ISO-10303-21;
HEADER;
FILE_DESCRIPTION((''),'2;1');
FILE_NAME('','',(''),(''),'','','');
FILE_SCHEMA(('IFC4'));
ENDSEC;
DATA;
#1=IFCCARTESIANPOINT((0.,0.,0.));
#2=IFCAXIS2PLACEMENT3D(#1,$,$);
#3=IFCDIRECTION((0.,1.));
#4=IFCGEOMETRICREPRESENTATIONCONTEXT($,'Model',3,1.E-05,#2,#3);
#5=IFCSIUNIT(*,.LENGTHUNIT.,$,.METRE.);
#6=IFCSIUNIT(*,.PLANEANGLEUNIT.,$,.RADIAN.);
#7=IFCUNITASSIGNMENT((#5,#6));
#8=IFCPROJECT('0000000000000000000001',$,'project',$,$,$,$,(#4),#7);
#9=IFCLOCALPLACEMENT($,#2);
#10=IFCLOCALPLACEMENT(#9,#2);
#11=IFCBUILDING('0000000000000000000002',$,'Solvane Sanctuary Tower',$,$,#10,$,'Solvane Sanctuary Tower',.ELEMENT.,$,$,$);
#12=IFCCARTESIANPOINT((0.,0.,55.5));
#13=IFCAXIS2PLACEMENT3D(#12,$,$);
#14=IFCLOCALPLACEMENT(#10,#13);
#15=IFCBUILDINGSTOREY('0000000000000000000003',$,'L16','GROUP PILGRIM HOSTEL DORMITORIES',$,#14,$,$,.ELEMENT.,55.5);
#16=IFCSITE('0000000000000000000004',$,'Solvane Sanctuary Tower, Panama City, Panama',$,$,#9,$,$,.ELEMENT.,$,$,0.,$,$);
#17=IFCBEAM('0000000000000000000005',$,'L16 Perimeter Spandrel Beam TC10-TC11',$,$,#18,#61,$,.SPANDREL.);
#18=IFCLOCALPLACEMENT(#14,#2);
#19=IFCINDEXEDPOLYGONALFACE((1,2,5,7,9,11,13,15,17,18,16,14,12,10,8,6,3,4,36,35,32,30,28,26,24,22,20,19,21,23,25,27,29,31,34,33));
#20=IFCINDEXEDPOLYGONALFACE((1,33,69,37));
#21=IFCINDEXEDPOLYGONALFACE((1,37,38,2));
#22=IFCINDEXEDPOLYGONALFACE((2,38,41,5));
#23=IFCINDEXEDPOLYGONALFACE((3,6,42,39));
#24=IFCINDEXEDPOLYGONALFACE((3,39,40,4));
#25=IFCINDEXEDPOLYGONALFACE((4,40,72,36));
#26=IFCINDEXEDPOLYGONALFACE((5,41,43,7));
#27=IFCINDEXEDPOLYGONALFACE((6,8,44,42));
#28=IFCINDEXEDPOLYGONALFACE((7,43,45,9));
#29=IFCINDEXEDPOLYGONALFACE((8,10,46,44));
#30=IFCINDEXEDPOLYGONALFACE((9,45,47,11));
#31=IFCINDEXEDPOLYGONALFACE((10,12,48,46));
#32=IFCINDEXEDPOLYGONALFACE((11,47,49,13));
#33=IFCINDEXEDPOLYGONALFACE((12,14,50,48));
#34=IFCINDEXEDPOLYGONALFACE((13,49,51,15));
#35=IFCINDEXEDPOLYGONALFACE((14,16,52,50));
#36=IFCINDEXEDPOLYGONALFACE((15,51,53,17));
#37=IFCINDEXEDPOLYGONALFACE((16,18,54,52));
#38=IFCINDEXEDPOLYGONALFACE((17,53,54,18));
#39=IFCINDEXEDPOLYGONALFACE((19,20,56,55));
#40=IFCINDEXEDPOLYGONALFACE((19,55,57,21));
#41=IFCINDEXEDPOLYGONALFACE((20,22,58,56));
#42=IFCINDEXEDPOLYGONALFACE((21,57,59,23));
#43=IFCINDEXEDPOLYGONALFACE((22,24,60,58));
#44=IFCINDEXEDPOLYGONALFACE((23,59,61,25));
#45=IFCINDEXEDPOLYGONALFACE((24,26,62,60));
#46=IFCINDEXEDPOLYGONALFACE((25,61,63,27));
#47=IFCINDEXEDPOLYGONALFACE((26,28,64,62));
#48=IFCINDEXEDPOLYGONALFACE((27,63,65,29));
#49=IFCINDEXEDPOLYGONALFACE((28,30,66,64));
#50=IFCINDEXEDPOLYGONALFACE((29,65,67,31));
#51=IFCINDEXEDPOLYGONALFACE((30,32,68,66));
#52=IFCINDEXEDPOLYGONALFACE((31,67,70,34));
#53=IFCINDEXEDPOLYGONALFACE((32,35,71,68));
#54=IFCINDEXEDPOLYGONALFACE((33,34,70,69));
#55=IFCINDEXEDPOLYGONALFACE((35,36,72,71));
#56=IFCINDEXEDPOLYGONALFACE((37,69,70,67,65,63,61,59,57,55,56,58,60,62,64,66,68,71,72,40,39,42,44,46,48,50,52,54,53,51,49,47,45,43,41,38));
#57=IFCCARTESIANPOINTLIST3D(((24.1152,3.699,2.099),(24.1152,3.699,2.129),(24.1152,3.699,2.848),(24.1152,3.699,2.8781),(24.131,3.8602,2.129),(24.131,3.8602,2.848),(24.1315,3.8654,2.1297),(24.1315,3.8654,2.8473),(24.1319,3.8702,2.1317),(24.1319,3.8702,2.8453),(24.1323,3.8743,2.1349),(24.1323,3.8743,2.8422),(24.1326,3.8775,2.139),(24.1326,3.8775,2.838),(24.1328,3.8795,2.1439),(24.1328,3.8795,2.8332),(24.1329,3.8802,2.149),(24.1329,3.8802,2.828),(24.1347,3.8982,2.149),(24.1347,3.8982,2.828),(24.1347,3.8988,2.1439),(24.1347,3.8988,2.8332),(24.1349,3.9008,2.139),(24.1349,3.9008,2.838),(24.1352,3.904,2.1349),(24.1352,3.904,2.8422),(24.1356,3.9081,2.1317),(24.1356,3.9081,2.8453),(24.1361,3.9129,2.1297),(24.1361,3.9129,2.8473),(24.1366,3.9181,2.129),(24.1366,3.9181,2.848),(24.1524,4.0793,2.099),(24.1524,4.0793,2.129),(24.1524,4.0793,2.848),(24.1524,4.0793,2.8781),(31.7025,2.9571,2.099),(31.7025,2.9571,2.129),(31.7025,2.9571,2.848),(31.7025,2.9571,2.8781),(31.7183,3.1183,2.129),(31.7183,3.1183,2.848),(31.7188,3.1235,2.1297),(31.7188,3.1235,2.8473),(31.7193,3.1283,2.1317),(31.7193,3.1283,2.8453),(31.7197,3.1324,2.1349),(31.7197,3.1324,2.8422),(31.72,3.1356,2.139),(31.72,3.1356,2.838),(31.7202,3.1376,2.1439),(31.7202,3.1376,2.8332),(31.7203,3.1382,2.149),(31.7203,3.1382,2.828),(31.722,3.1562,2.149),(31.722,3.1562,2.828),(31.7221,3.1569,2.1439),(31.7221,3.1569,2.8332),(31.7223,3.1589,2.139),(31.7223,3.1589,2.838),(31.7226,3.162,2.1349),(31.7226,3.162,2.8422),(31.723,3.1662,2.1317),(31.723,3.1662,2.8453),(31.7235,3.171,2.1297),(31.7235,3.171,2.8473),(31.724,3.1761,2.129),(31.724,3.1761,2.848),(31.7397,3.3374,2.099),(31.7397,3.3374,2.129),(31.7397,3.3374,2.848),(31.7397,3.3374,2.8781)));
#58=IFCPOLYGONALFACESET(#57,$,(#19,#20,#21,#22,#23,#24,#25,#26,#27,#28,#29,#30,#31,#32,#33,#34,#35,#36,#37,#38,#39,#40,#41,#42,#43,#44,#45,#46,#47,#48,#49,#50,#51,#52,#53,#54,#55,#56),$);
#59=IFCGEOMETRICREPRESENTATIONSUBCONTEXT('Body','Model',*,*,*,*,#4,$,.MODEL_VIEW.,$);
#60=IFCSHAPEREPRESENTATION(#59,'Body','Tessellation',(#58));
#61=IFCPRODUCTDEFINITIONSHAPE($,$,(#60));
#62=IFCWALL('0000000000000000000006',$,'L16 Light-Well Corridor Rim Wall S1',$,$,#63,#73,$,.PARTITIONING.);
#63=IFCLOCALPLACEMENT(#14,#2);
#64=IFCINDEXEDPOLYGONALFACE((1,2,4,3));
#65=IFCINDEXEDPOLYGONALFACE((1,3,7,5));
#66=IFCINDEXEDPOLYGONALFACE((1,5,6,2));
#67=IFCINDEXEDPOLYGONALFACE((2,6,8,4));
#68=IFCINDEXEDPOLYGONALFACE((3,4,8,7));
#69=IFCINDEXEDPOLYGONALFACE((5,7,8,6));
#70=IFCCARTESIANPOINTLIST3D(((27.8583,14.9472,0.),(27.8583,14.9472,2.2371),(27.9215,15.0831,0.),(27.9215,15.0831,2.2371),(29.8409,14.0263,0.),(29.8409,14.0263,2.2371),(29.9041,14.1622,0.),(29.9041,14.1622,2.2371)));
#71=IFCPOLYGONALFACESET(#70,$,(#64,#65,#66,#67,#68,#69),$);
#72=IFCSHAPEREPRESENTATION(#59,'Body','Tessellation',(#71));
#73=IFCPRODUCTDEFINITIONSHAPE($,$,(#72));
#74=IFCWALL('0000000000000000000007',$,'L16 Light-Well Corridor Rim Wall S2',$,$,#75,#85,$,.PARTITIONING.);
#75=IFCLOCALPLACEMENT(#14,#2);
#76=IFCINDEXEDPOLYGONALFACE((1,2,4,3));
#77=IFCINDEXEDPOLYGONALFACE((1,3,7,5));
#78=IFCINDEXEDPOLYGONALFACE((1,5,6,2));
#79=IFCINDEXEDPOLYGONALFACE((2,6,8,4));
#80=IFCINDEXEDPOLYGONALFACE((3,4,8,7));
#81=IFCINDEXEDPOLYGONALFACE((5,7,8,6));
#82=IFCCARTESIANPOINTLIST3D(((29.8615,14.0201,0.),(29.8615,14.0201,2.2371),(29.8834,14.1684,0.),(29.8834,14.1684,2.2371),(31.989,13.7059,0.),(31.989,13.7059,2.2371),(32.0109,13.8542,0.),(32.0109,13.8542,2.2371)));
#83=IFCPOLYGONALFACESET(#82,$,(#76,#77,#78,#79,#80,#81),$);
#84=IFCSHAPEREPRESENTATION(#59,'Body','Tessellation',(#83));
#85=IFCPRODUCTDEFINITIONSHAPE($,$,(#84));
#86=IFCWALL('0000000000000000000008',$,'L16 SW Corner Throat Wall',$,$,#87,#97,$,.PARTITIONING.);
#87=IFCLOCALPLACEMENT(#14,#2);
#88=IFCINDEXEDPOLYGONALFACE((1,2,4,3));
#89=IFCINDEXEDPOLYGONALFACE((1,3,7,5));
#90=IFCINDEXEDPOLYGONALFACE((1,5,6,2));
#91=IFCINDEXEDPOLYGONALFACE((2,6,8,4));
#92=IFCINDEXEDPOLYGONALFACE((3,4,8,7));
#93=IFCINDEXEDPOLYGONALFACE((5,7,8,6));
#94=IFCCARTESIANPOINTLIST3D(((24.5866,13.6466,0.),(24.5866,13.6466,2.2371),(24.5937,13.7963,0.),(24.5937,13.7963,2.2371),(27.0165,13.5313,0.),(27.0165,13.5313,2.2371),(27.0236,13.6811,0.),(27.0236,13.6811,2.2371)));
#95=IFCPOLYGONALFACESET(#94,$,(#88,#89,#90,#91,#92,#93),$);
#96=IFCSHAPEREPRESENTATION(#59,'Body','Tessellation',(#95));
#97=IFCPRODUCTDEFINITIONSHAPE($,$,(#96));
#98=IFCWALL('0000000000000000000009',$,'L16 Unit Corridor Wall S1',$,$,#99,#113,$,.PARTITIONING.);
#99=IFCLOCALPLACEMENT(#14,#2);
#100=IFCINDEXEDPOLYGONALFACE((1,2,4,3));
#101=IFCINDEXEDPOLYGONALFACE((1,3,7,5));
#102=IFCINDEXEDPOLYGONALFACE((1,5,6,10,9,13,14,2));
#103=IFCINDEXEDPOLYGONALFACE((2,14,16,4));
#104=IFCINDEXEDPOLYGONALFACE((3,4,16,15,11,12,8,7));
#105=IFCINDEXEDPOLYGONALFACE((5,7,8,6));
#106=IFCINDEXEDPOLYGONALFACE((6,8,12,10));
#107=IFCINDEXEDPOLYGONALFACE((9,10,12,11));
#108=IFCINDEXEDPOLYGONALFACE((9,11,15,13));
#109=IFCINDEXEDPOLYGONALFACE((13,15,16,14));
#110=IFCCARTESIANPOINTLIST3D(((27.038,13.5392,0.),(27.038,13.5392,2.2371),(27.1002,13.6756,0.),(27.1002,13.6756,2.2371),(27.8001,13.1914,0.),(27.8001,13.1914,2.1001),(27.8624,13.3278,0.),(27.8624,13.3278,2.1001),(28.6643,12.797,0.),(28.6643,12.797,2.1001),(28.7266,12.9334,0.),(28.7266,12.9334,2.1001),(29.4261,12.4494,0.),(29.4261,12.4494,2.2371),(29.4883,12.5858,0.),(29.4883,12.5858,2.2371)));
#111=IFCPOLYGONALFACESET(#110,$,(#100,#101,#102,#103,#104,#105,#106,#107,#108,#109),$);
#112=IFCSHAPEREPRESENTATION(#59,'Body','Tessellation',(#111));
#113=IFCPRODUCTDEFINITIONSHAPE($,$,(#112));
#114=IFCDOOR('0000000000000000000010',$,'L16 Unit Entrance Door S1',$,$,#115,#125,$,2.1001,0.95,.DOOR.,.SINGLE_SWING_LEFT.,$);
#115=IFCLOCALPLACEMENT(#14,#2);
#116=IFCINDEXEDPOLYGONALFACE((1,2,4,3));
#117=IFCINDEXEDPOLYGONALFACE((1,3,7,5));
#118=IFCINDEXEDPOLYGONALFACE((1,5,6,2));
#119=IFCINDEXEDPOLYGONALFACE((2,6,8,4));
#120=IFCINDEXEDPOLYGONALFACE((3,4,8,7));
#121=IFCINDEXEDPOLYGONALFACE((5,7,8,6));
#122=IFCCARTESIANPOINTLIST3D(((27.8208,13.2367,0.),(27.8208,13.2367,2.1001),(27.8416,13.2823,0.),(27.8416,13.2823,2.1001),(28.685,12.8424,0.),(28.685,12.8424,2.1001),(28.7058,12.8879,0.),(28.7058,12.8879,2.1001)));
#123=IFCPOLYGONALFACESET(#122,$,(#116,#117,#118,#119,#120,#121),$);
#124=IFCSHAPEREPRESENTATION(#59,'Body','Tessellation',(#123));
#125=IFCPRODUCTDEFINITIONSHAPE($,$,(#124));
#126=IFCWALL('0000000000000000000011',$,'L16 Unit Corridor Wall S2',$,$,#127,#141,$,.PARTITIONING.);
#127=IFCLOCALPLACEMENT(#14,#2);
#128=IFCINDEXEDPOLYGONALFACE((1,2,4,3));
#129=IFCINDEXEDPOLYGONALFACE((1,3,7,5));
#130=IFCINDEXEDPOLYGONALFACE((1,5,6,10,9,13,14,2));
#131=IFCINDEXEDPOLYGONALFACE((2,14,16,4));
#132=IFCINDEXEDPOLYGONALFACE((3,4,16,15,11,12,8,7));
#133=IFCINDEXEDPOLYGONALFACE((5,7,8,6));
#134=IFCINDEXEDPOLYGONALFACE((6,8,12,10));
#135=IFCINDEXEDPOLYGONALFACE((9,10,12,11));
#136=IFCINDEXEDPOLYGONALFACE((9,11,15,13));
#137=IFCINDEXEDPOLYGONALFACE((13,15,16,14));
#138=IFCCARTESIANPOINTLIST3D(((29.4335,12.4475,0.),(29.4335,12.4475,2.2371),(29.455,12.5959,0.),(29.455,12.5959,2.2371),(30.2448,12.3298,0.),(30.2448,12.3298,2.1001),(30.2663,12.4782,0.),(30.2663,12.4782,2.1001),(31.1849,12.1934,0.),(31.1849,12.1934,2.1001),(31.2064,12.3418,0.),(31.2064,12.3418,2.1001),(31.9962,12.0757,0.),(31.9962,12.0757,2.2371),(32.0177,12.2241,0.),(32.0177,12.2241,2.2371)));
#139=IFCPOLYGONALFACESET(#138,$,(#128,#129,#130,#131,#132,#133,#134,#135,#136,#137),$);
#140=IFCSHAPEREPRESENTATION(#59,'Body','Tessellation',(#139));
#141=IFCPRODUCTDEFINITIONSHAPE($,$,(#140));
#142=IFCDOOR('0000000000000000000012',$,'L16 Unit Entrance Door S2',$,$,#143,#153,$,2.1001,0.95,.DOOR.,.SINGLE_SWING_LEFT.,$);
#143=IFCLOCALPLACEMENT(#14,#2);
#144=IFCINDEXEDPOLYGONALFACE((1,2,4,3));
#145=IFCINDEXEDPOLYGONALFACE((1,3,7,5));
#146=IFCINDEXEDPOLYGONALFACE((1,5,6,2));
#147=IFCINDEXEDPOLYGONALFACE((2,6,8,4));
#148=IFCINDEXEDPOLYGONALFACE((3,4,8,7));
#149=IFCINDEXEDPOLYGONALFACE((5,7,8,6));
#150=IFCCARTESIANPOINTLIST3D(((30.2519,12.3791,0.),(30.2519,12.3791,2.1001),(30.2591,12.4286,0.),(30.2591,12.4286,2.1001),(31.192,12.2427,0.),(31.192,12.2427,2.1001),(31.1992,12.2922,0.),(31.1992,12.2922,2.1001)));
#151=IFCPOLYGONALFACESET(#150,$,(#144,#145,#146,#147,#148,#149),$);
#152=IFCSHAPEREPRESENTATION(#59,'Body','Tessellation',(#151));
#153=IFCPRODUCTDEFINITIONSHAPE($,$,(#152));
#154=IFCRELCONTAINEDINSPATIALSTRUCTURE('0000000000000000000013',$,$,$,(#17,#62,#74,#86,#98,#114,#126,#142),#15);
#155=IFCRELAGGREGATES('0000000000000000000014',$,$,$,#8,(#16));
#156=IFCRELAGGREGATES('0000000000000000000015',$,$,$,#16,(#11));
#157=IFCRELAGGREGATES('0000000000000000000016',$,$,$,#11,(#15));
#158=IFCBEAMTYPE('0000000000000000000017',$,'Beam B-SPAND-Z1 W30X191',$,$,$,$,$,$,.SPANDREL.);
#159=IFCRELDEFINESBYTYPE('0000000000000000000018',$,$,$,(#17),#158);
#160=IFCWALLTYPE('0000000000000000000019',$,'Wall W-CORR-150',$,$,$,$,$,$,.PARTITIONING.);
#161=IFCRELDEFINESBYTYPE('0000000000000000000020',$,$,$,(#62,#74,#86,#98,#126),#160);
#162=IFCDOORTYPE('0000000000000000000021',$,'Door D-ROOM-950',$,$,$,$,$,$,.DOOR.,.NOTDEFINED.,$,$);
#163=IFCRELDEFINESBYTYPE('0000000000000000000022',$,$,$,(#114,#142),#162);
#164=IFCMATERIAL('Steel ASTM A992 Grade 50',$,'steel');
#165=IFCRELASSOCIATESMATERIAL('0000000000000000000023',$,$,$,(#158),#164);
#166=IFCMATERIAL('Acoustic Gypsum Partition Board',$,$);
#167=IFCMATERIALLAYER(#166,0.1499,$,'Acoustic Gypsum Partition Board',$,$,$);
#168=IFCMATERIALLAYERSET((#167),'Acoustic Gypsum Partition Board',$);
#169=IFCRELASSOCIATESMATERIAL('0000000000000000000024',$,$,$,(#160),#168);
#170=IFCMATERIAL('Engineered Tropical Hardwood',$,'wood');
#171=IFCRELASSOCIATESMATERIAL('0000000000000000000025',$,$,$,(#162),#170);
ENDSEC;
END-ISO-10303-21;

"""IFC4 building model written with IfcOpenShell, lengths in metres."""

from ifc_helpers import new_model, si_unit, direction, frame, frame_2d, origin, origin_2d, place, context, subcontext, project, spatial, rectangle, i_section, extrude, material, layer, layer_set, material_profile, profile_set, type_object, element, fill, save


model = new_model("IFC4")

# Units and contexts
model_context = context("Model", 3, precision=1e-05, world=origin(), true_north=direction((0.0, 1.0)))
body_context = subcontext(model_context, "Body", "Model", "MODEL_VIEW")
ifc_project = project(units=[si_unit("LENGTHUNIT", "METRE"), si_unit("PLANEANGLEUNIT", "RADIAN")], contexts=[model_context])

# Site, building, storey
site_placement = place(None, origin())
site = spatial("IfcSite", under=ifc_project, at=site_placement, Name="Solvane Sanctuary Tower, Panama City, Panama", CompositionType="ELEMENT", RefElevation=0.0)
building_placement = place(site_placement, origin())
building = spatial("IfcBuilding", under=site, at=building_placement, Name="Solvane Sanctuary Tower", LongName="Solvane Sanctuary Tower", CompositionType="ELEMENT")
storey_placement = place(building_placement, frame((0.0, 0.0, 55.5)))
storey = spatial("IfcBuildingStorey", under=building, at=storey_placement, Name="L16", Description="GROUP PILGRIM HOSTEL DORMITORIES", CompositionType="ELEMENT", Elevation=55.5)

# Beam
ifc_material_1 = material(Name="Steel ASTM A992 Grade 50", Category="steel")
ifc_material_profile_1 = material_profile(ifc_material_1, i_section(OverallWidth=0.3821, OverallDepth=0.7791, WebThickness=0.0181, FlangeThickness=0.03, FilletRadius=0.02, at=origin_2d()), Name="W30X191")
ifc_profile_set_1 = profile_set([ifc_material_profile_1], Name="Steel ASTM A992 Grade 50")
beam_type_1 = type_object("IfcBeamType", Name="Beam B-SPAND-Z1 W30X191", PredefinedType="SPANDREL", material=ifc_profile_set_1)
beam_1_placement = place(storey_placement, frame((24.1338, 3.8892, 2.4885), z_axis=(0.995253, -0.097322, 0.0), x_axis=(0.097322, 0.995253, 0.0)))
element("IfcBeam", 1, at=beam_1_placement, inside=storey, type_object=beam_type_1, Name="L16 Perimeter Spandrel Beam TC10-TC11", PredefinedType="SPANDREL", context=body_context, shape_type="SweptSolid", body=[
    extrude(i_section(OverallWidth=0.3821, OverallDepth=0.7791, WebThickness=0.0181, FlangeThickness=0.03, FilletRadius=0.02, at=origin_2d()), origin(), (0.0, 0.0, 1.0), 7.6235),
])

# Walls
ifc_material_2 = material(Name="Acoustic Gypsum Partition Board")
ifc_layer_1 = layer(ifc_material_2, 0.1499, Name="Acoustic Gypsum Partition Board")
ifc_layer_set_1 = layer_set([ifc_layer_1], Name="Acoustic Gypsum Partition Board")
wall_type_1 = type_object("IfcWallType", Name="Wall W-CORR-150", PredefinedType="PARTITIONING", material=ifc_layer_set_1)
wall_1_placement = place(storey_placement, frame((27.8899, 15.0151, 0.0), z_axis=(0.0, 0.0, 1.0), x_axis=(0.906943, -0.421252, 0.0)))
element("IfcWall", 2, at=wall_1_placement, inside=storey, type_object=wall_type_1, Name="L16 Light-Well Corridor Rim Wall S1", PredefinedType="PARTITIONING", context=body_context, shape_type="SweptSolid", body=[
    extrude(rectangle(XDim=2.186, YDim=0.1499, at=frame_2d((1.093, 0.0))), origin(), (0.0, 0.0, 1.0), 2.2371),
])
wall_2_placement = place(storey_placement, frame((29.8726, 14.0942, 0.0), z_axis=(0.0, 0.0, 1.0), x_axis=(0.989269, -0.146108, 0.0)))
element("IfcWall", 3, at=wall_2_placement, inside=storey, type_object=wall_type_1, Name="L16 Light-Well Corridor Rim Wall S2", PredefinedType="PARTITIONING", context=body_context, shape_type="SweptSolid", body=[
    extrude(rectangle(XDim=2.1506, YDim=0.1499, at=frame_2d((1.0752, 0.0))), origin(), (0.0, 0.0, 1.0), 2.2371),
])
wall_3_placement = place(storey_placement, frame((27.02, 13.6062, 0.0), z_axis=(0.0, 0.0, 1.0), x_axis=(-0.998877, 0.04737, 0.0)))
element("IfcWall", 4, at=wall_3_placement, inside=storey, type_object=wall_type_1, Name="L16 SW Corner Throat Wall", PredefinedType="PARTITIONING", context=body_context, shape_type="SweptSolid", body=[
    extrude(rectangle(XDim=2.4326, YDim=0.1499, at=frame_2d((1.2163, 0.0))), origin(), (0.0, 0.0, 1.0), 2.2371),
])

# Walls, openings, doors
wall_4_placement = place(storey_placement, frame((27.0691, 13.6074, 0.0), z_axis=(0.0, 0.0, 1.0), x_axis=(0.909748, -0.415162, 0.0)))
wall_4 = element("IfcWall", 5, at=wall_4_placement, inside=storey, type_object=wall_type_1, Name="L16 Unit Corridor Wall S1", PredefinedType="PARTITIONING", context=body_context, shape_type="SweptSolid", body=[
    extrude(rectangle(XDim=2.625, YDim=0.1499, at=frame_2d((1.3125, 0.0))), origin(), (0.0, 0.0, 1.0), 2.2371),
])
opening_1_placement = place(wall_4_placement, frame((0.8376, 0.0, 0.0)))
opening_1 = element("IfcOpeningElement", 6, at=opening_1_placement, cuts=wall_4, PredefinedType="OPENING", context=body_context, shape_type="SweptSolid", body=[
    extrude(rectangle(XDim=0.95, YDim=2.1001, at=frame_2d((0.4751, 1.05))), frame((0.0, 0.085, 0.0), z_axis=(0.0, -1.0, 0.0), x_axis=(1.0, 0.0, 0.0)), (0.0, 0.0, 1.0), 0.1699),
])
ifc_material_3 = material(Name="Engineered Tropical Hardwood", Category="wood")
door_type = type_object("IfcDoorType", Name="Door D-ROOM-950", OperationType="NOTDEFINED", PredefinedType="DOOR", material=ifc_material_3)
door_1_placement = place(opening_1_placement, origin())
door_1 = element("IfcDoor", 7, at=door_1_placement, inside=storey, type_object=door_type, Name="L16 Unit Entrance Door S1", OperationType="SINGLE_SWING_LEFT", OverallHeight=2.1001, OverallWidth=0.95, PredefinedType="DOOR", context=body_context, shape_type="SweptSolid", body=[
    extrude(rectangle(XDim=0.95, YDim=2.1001, at=frame_2d((0.4751, 1.05))), frame((0.0, 0.0249, 0.0), z_axis=(0.0, -1.0, 0.0), x_axis=(1.0, 0.0, 0.0)), (0.0, 0.0, 1.0), 0.05),
])
fill(opening_1, door_1)
wall_5_placement = place(storey_placement, frame((29.4441, 12.5217, 0.0), z_axis=(0.0, 0.0, 1.0), x_axis=(0.989638, -0.143586, 0.0)))
wall_5 = element("IfcWall", 8, at=wall_5_placement, inside=storey, type_object=wall_type_1, Name="L16 Unit Corridor Wall S2", PredefinedType="PARTITIONING", context=body_context, shape_type="SweptSolid", body=[
    extrude(rectangle(XDim=2.5896, YDim=0.1499, at=frame_2d((1.2949, 0.0))), origin(), (0.0, 0.0, 1.0), 2.2371),
])
opening_2_placement = place(wall_5_placement, frame((0.8198, 0.0, 0.0)))
opening_2 = element("IfcOpeningElement", 9, at=opening_2_placement, cuts=wall_5, PredefinedType="OPENING", context=body_context, shape_type="SweptSolid", body=[
    extrude(rectangle(XDim=0.95, YDim=2.1001, at=frame_2d((0.4751, 1.05))), frame((0.0, 0.085, 0.0), z_axis=(0.0, -1.0, 0.0), x_axis=(1.0, 0.0, 0.0)), (0.0, 0.0, 1.0), 0.1699),
])
door_2_placement = place(opening_2_placement, origin())
door_2 = element("IfcDoor", 10, at=door_2_placement, inside=storey, type_object=door_type, Name="L16 Unit Entrance Door S2", OperationType="SINGLE_SWING_LEFT", OverallHeight=2.1001, OverallWidth=0.95, PredefinedType="DOOR", context=body_context, shape_type="SweptSolid", body=[
    extrude(rectangle(XDim=0.95, YDim=2.1001, at=frame_2d((0.4751, 1.05))), frame((0.0, 0.0249, 0.0), z_axis=(0.0, -1.0, 0.0), x_axis=(1.0, 0.0, 0.0)), (0.0, 0.0, 1.0), 0.05),
])
fill(opening_2, door_2)

save(model, "model.ifc")
